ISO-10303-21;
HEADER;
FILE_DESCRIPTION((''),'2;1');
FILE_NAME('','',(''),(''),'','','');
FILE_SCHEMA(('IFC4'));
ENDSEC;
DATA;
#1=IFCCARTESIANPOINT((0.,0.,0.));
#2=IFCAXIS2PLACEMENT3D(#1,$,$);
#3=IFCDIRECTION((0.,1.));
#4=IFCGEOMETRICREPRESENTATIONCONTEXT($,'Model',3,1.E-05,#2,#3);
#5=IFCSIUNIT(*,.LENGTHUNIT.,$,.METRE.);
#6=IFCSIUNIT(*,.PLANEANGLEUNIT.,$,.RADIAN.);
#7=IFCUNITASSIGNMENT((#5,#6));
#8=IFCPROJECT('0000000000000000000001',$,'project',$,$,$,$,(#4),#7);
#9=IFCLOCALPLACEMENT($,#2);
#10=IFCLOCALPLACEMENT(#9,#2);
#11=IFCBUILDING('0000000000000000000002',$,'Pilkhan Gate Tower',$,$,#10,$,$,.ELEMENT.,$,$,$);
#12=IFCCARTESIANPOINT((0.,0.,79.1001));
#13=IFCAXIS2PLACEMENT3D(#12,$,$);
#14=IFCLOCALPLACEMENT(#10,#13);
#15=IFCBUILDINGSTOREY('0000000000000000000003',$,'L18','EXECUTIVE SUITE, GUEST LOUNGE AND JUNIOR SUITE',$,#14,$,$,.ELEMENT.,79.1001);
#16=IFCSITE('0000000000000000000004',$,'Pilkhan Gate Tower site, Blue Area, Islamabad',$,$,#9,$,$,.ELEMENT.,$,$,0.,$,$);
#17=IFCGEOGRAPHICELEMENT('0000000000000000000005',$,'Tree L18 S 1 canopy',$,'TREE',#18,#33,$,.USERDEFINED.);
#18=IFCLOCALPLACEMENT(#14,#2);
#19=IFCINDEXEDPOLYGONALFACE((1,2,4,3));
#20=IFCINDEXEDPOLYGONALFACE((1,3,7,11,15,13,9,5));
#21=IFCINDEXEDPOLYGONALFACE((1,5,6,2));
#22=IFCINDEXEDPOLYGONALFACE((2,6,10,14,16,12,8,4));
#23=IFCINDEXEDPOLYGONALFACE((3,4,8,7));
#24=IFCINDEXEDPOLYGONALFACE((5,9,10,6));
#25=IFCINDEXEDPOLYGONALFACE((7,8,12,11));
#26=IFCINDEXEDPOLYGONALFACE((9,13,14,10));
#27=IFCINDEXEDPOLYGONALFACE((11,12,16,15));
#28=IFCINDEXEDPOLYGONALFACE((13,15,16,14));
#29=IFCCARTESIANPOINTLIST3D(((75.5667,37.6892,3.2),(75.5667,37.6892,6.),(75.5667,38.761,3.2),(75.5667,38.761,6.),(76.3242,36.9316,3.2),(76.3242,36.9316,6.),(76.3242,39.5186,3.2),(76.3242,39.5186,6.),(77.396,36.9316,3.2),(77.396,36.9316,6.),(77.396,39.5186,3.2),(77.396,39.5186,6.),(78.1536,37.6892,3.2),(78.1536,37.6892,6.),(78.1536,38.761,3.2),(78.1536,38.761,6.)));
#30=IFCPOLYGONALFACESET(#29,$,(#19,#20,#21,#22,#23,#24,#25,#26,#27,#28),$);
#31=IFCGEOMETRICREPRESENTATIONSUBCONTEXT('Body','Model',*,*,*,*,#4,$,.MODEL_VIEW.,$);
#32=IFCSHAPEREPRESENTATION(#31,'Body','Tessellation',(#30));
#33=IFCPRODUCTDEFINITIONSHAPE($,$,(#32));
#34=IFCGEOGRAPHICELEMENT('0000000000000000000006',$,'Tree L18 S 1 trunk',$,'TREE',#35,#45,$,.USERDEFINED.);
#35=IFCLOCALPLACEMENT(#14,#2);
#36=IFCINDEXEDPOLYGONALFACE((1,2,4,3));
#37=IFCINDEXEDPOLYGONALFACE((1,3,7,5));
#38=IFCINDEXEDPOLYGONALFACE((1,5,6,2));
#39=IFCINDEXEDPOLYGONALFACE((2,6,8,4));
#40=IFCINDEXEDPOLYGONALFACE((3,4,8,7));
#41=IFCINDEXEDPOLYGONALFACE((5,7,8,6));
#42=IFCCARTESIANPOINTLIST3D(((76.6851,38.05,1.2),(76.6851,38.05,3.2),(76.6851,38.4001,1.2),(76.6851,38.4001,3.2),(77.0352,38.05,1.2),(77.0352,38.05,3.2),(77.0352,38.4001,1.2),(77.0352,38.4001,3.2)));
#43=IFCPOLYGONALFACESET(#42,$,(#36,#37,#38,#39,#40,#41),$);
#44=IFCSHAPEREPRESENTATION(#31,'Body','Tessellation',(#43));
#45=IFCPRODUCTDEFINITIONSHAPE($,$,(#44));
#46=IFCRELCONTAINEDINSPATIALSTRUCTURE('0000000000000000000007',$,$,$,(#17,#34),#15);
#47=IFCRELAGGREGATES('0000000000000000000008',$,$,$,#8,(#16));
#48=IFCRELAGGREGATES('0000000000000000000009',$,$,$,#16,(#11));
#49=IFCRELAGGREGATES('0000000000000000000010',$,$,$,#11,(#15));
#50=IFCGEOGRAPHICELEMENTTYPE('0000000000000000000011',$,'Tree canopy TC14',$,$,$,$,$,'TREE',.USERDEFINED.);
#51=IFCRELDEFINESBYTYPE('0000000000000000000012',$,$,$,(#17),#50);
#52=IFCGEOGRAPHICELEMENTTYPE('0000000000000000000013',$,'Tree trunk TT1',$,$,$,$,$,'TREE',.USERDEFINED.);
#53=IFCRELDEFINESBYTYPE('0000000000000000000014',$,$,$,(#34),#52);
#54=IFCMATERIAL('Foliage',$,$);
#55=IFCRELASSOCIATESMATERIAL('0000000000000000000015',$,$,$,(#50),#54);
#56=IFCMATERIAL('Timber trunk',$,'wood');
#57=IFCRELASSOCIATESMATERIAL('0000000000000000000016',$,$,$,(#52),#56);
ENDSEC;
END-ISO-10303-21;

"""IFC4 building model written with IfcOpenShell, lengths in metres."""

from ifc_helpers import new_model, si_unit, direction, frame, origin, origin_2d, place, context, subcontext, project, spatial, polyline, rectangle, outline, extrude, material, material_profile, profile_set, type_object, element, save


model = new_model("IFC4")

# Units and contexts
model_context = context("Model", 3, precision=1e-05, world=origin(), true_north=direction((0.0, 1.0)))
body_context = subcontext(model_context, "Body", "Model", "MODEL_VIEW")
ifc_project = project(units=[si_unit("LENGTHUNIT", "METRE"), si_unit("PLANEANGLEUNIT", "RADIAN")], contexts=[model_context])

# Site, building, storey
site_placement = place(None, origin())
site = spatial("IfcSite", under=ifc_project, at=site_placement, Name="Pilkhan Gate Tower site, Blue Area, Islamabad", CompositionType="ELEMENT", RefElevation=0.0)
building_placement = place(site_placement, origin())
building = spatial("IfcBuilding", under=site, at=building_placement, Name="Pilkhan Gate Tower", CompositionType="ELEMENT")
storey_placement = place(building_placement, frame((0.0, 0.0, 79.1001)))
storey = spatial("IfcBuildingStorey", under=building, at=storey_placement, Name="L18", Description="EXECUTIVE SUITE, GUEST LOUNGE AND JUNIOR SUITE", CompositionType="ELEMENT", Elevation=79.1001)

# Geographic elements
ifc_material_1 = material(Name="Foliage")
ifc_material_profile_1 = material_profile(ifc_material_1, outline(polyline([(1.2935, 0.5359), (0.5359, 1.2935), (-0.5359, 1.2935), (-1.2935, 0.5359), (-1.2935, -0.5359), (-0.5359, -1.2935), (0.5359, -1.2935), (1.2935, -0.5359), (1.2935, 0.5359)])), Name="Canopy D2.8")
ifc_profile_set_1 = profile_set([ifc_material_profile_1], Name="Foliage")
geographic_element_type_1 = type_object("IfcGeographicElementType", Name="Tree canopy TC14", ElementType="TREE", PredefinedType="USERDEFINED", material=ifc_profile_set_1)
geographic_element_1_placement = place(storey_placement, frame((76.8601, 38.2251, 3.2), z_axis=(0.0, 0.0, 1.0), x_axis=(1.0, 0.0, 0.0)))
element("IfcGeographicElement", 1, at=geographic_element_1_placement, inside=storey, type_object=geographic_element_type_1, Name="Tree L18 S 1 canopy", ObjectType="TREE", PredefinedType="USERDEFINED", context=body_context, shape_type="SweptSolid", body=[
    extrude(outline(polyline([(1.2935, 0.5359), (0.5359, 1.2935), (-0.5359, 1.2935), (-1.2935, 0.5359), (-1.2935, -0.5359), (-0.5359, -1.2935), (0.5359, -1.2935), (1.2935, -0.5359), (1.2935, 0.5359)])), origin(), (0.0, 0.0, 1.0), 2.8),
])
ifc_material_2 = material(Name="Timber trunk", Category="wood")
geographic_element_type_2 = type_object("IfcGeographicElementType", Name="Tree trunk TT1", ElementType="TREE", PredefinedType="USERDEFINED", material=ifc_material_2)
geographic_element_2_placement = place(storey_placement, frame((76.8601, 38.2251, 1.2), z_axis=(0.0, 0.0, 1.0), x_axis=(1.0, 0.0, 0.0)))
element("IfcGeographicElement", 2, at=geographic_element_2_placement, inside=storey, type_object=geographic_element_type_2, Name="Tree L18 S 1 trunk", ObjectType="TREE", PredefinedType="USERDEFINED", context=body_context, shape_type="SweptSolid", body=[
    extrude(rectangle(XDim=0.3501, YDim=0.3501, at=origin_2d()), origin(), (0.0, 0.0, 1.0), 2.0),
])

save(model, "model.ifc")
